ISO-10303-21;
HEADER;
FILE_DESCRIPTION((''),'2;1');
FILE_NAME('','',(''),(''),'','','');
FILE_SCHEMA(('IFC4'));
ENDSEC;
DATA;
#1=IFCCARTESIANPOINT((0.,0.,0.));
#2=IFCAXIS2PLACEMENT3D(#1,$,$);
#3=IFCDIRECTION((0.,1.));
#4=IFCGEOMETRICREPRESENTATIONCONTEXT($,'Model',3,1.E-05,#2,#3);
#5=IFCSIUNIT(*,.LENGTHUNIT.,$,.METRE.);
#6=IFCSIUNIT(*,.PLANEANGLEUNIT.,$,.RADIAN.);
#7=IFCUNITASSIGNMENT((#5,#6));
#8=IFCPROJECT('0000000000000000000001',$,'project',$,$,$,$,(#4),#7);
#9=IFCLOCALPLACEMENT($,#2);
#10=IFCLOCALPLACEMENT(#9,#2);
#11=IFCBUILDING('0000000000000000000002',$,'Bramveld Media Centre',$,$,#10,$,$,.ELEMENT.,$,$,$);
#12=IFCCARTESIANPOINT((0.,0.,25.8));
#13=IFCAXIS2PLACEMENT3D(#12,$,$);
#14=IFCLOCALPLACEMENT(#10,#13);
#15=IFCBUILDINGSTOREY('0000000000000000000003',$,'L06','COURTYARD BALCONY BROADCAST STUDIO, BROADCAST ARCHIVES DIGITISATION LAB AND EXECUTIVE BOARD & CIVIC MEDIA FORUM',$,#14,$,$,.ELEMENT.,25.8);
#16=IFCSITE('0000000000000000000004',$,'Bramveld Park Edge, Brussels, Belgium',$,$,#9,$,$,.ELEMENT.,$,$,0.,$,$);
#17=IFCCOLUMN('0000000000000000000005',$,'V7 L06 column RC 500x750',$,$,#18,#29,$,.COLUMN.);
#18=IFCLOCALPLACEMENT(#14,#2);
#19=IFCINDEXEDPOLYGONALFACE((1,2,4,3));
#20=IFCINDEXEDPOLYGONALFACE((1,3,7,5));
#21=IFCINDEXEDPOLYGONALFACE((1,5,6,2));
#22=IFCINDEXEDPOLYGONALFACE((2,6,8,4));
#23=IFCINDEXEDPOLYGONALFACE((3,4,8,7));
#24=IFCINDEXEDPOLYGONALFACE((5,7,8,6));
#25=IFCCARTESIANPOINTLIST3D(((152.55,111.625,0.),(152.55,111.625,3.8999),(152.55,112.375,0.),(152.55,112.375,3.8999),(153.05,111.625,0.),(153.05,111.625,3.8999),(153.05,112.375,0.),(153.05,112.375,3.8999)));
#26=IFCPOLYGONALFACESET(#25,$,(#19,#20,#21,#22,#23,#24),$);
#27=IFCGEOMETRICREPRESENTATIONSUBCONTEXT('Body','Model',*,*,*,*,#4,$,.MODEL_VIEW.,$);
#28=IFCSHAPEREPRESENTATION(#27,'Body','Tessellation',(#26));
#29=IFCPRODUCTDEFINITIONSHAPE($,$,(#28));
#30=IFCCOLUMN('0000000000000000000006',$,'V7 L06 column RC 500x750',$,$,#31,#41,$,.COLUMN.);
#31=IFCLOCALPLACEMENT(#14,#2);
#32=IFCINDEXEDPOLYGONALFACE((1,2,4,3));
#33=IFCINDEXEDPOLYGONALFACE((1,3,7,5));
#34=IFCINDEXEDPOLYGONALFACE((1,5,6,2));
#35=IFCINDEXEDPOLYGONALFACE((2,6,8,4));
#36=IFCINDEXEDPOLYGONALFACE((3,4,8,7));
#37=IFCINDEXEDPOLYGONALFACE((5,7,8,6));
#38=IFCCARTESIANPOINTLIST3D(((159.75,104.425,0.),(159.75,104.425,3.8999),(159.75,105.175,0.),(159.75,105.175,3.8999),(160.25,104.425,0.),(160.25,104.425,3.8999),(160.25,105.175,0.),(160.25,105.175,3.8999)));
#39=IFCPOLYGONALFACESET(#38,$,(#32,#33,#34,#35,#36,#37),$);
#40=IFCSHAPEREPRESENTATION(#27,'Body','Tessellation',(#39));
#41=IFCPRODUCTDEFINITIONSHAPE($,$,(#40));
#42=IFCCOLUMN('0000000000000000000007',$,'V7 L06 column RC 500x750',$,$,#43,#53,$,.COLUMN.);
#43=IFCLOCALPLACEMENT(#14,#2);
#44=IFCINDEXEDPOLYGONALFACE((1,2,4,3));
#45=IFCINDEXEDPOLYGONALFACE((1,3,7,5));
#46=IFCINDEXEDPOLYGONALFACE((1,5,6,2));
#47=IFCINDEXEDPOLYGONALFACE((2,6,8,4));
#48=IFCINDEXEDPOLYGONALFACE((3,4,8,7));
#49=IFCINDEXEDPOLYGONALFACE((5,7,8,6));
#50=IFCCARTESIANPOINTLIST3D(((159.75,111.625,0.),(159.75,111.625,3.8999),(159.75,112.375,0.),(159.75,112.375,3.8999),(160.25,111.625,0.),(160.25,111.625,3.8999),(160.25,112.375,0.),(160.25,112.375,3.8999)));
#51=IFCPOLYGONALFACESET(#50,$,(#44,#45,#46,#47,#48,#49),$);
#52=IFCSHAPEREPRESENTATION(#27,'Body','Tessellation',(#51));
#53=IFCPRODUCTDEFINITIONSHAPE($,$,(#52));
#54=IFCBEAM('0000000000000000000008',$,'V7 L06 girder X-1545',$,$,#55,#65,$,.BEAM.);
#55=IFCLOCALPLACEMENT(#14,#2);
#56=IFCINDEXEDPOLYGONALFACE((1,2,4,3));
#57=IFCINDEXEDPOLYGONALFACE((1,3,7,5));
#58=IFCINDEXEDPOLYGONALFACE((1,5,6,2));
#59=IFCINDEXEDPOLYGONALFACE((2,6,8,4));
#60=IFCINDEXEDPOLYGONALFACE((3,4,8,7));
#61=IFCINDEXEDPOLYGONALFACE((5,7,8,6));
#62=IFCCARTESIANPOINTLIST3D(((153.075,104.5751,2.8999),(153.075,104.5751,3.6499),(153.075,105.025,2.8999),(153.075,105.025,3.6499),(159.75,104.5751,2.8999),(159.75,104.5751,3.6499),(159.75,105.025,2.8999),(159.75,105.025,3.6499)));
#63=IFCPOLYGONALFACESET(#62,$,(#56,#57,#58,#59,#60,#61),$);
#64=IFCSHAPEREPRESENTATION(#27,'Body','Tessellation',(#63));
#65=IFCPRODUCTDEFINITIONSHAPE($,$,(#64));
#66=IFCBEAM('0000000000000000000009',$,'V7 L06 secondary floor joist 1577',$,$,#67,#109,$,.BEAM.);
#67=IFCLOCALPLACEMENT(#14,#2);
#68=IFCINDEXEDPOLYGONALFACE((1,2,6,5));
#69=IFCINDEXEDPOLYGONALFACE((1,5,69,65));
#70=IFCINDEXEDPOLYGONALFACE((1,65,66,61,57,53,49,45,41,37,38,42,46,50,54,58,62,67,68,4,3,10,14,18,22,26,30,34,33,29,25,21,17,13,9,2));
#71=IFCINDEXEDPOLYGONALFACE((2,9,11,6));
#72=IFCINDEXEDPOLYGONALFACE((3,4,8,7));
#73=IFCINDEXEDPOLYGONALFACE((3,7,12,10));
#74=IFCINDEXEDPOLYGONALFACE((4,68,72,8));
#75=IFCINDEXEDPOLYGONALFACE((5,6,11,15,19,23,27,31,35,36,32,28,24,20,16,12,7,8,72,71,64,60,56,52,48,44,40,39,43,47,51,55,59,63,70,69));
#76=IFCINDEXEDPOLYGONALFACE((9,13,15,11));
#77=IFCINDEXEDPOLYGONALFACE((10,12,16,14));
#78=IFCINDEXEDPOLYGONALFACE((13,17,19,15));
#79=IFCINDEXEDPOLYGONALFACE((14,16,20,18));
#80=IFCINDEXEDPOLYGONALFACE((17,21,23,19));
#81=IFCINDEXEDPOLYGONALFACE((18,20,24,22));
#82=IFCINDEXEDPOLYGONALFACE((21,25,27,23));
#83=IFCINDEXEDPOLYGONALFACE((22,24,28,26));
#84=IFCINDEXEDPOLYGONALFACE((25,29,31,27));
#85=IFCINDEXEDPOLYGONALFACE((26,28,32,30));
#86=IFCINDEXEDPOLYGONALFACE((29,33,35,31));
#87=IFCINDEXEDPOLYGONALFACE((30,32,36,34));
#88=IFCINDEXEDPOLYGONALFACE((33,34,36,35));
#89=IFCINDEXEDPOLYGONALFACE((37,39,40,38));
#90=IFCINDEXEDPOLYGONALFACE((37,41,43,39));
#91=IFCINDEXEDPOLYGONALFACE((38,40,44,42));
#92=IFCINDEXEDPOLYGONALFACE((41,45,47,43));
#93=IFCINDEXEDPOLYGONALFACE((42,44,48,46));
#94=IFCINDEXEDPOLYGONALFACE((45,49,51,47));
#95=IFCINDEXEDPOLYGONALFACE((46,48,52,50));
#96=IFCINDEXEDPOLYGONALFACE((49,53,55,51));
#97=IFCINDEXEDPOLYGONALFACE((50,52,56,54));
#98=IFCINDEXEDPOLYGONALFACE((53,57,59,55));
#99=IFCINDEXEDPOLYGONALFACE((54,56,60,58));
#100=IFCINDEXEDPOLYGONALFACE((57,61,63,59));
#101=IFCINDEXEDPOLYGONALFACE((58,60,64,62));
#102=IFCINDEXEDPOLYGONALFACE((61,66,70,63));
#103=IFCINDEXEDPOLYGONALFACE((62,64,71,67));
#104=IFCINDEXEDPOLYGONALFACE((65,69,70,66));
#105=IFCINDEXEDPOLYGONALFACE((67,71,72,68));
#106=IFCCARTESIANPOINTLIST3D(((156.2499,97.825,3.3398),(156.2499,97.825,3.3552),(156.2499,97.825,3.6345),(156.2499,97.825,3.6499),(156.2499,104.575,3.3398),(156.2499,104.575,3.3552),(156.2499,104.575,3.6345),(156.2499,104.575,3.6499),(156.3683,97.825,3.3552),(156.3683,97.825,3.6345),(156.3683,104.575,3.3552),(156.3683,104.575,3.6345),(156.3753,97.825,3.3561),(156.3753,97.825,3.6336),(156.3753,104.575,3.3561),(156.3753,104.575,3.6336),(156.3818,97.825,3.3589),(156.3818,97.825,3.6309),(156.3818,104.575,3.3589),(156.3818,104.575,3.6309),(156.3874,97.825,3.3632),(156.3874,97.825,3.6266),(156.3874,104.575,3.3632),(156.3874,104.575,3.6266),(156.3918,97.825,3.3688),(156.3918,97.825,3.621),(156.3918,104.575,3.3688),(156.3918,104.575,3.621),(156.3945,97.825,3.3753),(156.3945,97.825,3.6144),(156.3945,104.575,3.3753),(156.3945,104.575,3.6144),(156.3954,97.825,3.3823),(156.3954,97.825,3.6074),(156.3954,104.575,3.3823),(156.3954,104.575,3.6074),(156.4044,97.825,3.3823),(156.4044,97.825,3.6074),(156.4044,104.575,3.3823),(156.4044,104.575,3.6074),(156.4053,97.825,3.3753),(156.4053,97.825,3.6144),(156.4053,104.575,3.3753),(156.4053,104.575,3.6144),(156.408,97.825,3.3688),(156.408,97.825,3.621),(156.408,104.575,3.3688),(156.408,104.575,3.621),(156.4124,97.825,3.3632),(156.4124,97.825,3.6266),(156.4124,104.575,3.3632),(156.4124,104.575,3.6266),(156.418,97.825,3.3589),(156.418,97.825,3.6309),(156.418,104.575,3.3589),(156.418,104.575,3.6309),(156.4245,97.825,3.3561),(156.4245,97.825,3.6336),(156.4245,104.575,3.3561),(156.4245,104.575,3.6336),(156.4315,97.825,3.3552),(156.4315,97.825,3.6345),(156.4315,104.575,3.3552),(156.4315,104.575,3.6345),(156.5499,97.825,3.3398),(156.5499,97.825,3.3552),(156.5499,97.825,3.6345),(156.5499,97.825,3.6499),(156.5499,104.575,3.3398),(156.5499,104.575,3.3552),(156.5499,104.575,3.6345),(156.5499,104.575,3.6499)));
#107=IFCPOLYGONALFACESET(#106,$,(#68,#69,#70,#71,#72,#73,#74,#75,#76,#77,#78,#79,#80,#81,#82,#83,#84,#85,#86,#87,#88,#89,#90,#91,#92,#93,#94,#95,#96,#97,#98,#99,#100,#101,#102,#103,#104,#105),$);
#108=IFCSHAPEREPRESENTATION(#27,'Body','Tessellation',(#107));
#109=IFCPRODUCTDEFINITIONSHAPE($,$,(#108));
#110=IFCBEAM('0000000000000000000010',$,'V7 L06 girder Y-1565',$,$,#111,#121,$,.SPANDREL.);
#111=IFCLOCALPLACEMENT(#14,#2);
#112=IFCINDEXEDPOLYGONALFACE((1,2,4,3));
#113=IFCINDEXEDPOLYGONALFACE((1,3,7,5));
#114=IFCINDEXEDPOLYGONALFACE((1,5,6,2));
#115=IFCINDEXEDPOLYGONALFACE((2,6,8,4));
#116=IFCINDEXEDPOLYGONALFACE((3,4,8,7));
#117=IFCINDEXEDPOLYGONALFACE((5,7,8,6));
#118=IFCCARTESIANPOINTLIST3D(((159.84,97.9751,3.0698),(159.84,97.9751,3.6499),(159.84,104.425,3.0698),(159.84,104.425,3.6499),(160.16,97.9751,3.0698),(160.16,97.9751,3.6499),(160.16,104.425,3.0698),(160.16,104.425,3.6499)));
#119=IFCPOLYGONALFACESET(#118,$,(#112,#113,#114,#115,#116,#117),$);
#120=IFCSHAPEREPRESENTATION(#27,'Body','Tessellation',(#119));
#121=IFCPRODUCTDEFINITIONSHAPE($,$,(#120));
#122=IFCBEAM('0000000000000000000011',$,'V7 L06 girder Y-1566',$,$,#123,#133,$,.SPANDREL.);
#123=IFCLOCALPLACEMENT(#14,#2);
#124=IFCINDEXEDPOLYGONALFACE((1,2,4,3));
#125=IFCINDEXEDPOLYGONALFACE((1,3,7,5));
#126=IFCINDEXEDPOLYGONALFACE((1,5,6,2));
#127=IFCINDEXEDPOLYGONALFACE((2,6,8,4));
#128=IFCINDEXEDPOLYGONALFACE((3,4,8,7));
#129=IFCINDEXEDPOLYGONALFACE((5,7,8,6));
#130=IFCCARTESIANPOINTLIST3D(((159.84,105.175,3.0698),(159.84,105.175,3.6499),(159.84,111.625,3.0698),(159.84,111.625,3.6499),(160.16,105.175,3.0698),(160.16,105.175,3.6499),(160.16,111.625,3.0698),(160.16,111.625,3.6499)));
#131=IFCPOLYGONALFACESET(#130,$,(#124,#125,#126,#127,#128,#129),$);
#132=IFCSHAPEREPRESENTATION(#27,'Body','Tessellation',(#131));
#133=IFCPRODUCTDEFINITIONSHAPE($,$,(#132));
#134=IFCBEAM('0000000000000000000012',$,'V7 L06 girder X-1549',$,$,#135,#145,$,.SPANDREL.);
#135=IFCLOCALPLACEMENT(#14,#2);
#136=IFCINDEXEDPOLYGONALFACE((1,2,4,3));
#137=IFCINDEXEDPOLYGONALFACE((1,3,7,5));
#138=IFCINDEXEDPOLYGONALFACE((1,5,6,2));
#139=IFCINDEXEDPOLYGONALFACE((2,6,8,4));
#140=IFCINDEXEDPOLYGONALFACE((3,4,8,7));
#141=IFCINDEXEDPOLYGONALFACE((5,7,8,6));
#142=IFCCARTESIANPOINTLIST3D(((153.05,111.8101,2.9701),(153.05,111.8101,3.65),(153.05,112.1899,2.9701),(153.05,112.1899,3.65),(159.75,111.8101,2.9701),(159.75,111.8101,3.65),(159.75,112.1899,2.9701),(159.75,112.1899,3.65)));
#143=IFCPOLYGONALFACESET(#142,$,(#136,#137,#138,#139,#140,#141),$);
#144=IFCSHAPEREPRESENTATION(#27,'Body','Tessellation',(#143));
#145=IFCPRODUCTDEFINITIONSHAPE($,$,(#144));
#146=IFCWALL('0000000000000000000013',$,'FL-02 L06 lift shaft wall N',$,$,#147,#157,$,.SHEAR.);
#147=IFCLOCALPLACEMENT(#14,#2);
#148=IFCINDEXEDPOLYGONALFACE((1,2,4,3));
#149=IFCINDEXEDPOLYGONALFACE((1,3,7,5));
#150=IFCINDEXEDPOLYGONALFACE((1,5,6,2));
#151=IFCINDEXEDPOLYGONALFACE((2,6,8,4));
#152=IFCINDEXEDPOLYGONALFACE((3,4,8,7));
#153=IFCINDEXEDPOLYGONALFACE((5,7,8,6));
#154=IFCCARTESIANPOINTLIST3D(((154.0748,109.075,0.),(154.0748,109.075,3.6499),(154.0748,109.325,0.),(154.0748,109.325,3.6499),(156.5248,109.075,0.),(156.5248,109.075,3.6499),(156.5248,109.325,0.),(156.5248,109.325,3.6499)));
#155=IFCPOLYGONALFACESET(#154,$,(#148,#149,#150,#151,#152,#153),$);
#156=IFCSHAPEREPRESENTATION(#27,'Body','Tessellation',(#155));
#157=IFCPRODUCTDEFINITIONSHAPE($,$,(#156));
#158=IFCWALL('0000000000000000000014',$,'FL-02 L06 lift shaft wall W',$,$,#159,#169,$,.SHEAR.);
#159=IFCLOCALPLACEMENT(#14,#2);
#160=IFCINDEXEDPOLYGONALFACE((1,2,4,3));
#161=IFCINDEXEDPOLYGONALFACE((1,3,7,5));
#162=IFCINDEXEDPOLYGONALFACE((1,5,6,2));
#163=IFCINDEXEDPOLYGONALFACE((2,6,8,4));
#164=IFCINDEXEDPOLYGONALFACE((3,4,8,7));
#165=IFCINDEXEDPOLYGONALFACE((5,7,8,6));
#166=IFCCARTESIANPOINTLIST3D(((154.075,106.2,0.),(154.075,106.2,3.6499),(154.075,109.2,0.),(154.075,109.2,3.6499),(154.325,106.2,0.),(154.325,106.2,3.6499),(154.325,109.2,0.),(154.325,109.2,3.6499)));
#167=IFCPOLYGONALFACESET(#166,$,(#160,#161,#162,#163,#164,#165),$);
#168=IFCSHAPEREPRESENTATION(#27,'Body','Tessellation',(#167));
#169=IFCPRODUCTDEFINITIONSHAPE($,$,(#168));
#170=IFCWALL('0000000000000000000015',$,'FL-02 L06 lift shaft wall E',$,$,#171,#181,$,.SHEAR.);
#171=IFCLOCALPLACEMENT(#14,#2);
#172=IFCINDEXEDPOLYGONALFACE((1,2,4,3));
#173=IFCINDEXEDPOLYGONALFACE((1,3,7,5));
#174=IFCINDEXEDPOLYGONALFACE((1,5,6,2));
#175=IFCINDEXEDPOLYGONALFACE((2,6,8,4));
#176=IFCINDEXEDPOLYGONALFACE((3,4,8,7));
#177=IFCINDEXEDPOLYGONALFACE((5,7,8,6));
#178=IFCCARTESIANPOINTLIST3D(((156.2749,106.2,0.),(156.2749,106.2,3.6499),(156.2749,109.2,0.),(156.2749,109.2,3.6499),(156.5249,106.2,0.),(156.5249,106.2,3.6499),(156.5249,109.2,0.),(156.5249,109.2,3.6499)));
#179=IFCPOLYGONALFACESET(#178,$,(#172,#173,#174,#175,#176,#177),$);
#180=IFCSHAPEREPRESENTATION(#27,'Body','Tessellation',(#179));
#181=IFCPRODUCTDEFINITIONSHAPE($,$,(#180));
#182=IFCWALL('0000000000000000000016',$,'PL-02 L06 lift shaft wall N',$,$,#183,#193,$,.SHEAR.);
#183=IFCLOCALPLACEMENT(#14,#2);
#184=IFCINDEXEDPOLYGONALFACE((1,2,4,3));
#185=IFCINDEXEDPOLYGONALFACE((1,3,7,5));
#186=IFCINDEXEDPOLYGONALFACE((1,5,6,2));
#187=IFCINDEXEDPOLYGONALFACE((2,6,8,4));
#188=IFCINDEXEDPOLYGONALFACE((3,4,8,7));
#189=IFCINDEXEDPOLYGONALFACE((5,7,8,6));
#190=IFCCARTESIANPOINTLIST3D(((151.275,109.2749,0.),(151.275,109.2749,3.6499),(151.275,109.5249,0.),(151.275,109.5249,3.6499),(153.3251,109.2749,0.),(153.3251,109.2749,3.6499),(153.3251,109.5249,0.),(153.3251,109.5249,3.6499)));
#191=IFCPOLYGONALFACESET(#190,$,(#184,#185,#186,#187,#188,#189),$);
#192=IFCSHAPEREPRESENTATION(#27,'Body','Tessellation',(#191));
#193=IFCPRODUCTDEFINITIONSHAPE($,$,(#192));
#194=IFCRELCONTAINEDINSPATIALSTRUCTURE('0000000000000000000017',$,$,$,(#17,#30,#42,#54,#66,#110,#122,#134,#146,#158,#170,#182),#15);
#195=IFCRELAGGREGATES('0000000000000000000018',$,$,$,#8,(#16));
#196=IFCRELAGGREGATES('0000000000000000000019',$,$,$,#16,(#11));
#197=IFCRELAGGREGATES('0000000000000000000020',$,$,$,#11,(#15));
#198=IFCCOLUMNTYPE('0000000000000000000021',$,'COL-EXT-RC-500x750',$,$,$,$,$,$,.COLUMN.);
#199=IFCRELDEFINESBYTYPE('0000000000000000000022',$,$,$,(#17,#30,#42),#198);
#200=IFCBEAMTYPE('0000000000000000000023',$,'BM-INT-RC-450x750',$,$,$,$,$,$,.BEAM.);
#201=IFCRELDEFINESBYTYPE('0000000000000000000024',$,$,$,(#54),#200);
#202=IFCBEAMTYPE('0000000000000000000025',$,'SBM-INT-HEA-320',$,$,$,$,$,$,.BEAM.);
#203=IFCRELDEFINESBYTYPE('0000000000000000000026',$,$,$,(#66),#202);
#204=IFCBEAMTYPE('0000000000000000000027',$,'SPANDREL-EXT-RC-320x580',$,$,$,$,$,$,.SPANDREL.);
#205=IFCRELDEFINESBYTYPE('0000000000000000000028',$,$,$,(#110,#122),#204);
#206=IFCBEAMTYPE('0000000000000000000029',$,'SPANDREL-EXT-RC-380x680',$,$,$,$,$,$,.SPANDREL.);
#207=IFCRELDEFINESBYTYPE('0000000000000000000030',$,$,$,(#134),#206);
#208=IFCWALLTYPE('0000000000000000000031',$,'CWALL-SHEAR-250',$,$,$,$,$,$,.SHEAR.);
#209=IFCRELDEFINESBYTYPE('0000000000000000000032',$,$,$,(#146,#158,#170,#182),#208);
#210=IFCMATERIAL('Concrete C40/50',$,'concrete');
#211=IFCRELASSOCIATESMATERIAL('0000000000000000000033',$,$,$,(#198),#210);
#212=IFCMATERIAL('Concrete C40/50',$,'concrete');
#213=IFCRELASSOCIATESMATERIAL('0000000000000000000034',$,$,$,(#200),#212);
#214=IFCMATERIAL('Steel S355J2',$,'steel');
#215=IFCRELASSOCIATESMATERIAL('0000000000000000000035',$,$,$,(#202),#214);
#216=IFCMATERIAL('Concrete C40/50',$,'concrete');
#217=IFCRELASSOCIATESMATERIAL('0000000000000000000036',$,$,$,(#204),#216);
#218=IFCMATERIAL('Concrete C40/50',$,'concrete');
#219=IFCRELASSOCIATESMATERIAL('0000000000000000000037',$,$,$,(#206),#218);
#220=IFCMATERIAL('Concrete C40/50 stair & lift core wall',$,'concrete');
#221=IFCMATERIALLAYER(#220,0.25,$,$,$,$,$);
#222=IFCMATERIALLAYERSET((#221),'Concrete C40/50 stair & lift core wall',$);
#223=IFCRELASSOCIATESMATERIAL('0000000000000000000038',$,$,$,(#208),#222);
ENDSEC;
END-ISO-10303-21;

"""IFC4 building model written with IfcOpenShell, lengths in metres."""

from ifc_helpers import new_model, si_unit, direction, frame, frame_2d, origin, origin_2d, place, context, subcontext, project, spatial, rectangle, i_section, extrude, material, layer, layer_set, material_profile, profile_set, type_object, element, save


model = new_model("IFC4")

# Units and contexts
model_context = context("Model", 3, precision=1e-05, world=origin(), true_north=direction((0.0, 1.0)))
body_context = subcontext(model_context, "Body", "Model", "MODEL_VIEW")
ifc_project = project(units=[si_unit("LENGTHUNIT", "METRE"), si_unit("PLANEANGLEUNIT", "RADIAN")], contexts=[model_context])

# Site, building, storey
site_placement = place(None, origin())
site = spatial("IfcSite", under=ifc_project, at=site_placement, Name="Bramveld Park Edge, Brussels, Belgium", CompositionType="ELEMENT", RefElevation=0.0)
building_placement = place(site_placement, origin())
building = spatial("IfcBuilding", under=site, at=building_placement, Name="Bramveld Media Centre", CompositionType="ELEMENT")
storey_placement = place(building_placement, frame((0.0, 0.0, 25.8)))
storey = spatial("IfcBuildingStorey", under=building, at=storey_placement, Name="L06", Description="COURTYARD BALCONY BROADCAST STUDIO, BROADCAST ARCHIVES DIGITISATION LAB AND EXECUTIVE BOARD & CIVIC MEDIA FORUM", CompositionType="ELEMENT", Elevation=25.8)

# Columns
ifc_material_1 = material(Name="Concrete C40/50", Category="concrete")
ifc_material_profile_1 = material_profile(ifc_material_1, rectangle(XDim=0.5, YDim=0.75, at=origin_2d()), Name="RC 500x750")
ifc_profile_set_1 = profile_set([ifc_material_profile_1], Name="Concrete C40/50")
column_type = type_object("IfcColumnType", Name="COL-EXT-RC-500x750", PredefinedType="COLUMN", material=ifc_profile_set_1)
for number, where, z_axis, x_axis, name in (
    (1, (152.8, 112.0, 0.0), (0.0, 0.0, 1.0), (1.0, 0.0, 0.0), "V7 L06 column RC 500x750"),
    (2, (160.0, 104.8, 0.0), (0.0, 0.0, 1.0), (1.0, 0.0, 0.0), "V7 L06 column RC 500x750"),
    (3, (160.0, 112.0, 0.0), (0.0, 0.0, 1.0), (1.0, 0.0, 0.0), "V7 L06 column RC 500x750"),
):
    element("IfcColumn", number, at=place(storey_placement, frame(where, z_axis=z_axis, x_axis=x_axis)), inside=storey, type_object=column_type, Name=name, PredefinedType="COLUMN", context=body_context, shape_type="SweptSolid", body=[
        extrude(rectangle(XDim=0.5, YDim=0.75, at=origin_2d()), origin(), (0.0, 0.0, 1.0), 3.8999),
    ])

# Beams
ifc_material_2 = material(Name="Concrete C40/50", Category="concrete")
ifc_material_profile_2 = material_profile(ifc_material_2, rectangle(XDim=0.45, YDim=0.75, at=origin_2d()), Name="RC 450x750")
ifc_profile_set_2 = profile_set([ifc_material_profile_2], Name="Concrete C40/50")
beam_type_1 = type_object("IfcBeamType", Name="BM-INT-RC-450x750", PredefinedType="BEAM", material=ifc_profile_set_2)
beam_1_placement = place(storey_placement, frame((153.075, 104.8, 3.2749), z_axis=(1.0, 0.0, 0.0), x_axis=(0.0, 1.0, 0.0)))
element("IfcBeam", 4, at=beam_1_placement, inside=storey, type_object=beam_type_1, Name="V7 L06 girder X-1545", PredefinedType="BEAM", context=body_context, shape_type="SweptSolid", body=[
    extrude(rectangle(XDim=0.45, YDim=0.75, at=origin_2d()), origin(), (0.0, 0.0, 1.0), 6.675),
])
ifc_material_3 = material(Name="Steel S355J2", Category="steel")
ifc_material_profile_3 = material_profile(ifc_material_3, i_section(OverallWidth=0.3, OverallDepth=0.3101, WebThickness=0.009, FlangeThickness=0.0154, FilletRadius=0.0271, at=origin_2d()), Name="HEA 320")
ifc_profile_set_3 = profile_set([ifc_material_profile_3], Name="Steel S355J2")
beam_type_2 = type_object("IfcBeamType", Name="SBM-INT-HEA-320", PredefinedType="BEAM", material=ifc_profile_set_3)
beam_2_placement = place(storey_placement, frame((156.3999, 97.825, 3.4949), z_axis=(0.0, 1.0, 0.0), x_axis=(-1.0, 0.0, 0.0)))
element("IfcBeam", 5, at=beam_2_placement, inside=storey, type_object=beam_type_2, Name="V7 L06 secondary floor joist 1577", PredefinedType="BEAM", context=body_context, shape_type="SweptSolid", body=[
    extrude(i_section(OverallWidth=0.3, OverallDepth=0.3101, WebThickness=0.009, FlangeThickness=0.0154, FilletRadius=0.0271, at=origin_2d()), origin(), (0.0, 0.0, 1.0), 6.75),
])
ifc_material_4 = material(Name="Concrete C40/50", Category="concrete")
ifc_material_profile_4 = material_profile(ifc_material_4, rectangle(XDim=0.3201, YDim=0.5801, at=origin_2d()), Name="RC 320x580")
ifc_profile_set_4 = profile_set([ifc_material_profile_4], Name="Concrete C40/50")
beam_type_3 = type_object("IfcBeamType", Name="SPANDREL-EXT-RC-320x580", PredefinedType="SPANDREL", material=ifc_profile_set_4)
for number, where, z_axis, x_axis, name in (
    (6, (160.0, 97.9751, 3.3599), (0.0, 1.0, 0.0), (-1.0, 0.0, 0.0), "V7 L06 girder Y-1565"),
    (7, (160.0, 105.175, 3.3599), (0.0, 1.0, 0.0), (-1.0, 0.0, 0.0), "V7 L06 girder Y-1566"),
):
    element("IfcBeam", number, at=place(storey_placement, frame(where, z_axis=z_axis, x_axis=x_axis)), inside=storey, type_object=beam_type_3, Name=name, PredefinedType="SPANDREL", context=body_context, shape_type="SweptSolid", body=[
        extrude(rectangle(XDim=0.3201, YDim=0.5801, at=origin_2d()), origin(), (0.0, 0.0, 1.0), 6.45),
    ])
ifc_material_5 = material(Name="Concrete C40/50", Category="concrete")
ifc_material_profile_5 = material_profile(ifc_material_5, rectangle(XDim=0.3799, YDim=0.6799, at=origin_2d()), Name="RC 380x680")
ifc_profile_set_5 = profile_set([ifc_material_profile_5], Name="Concrete C40/50")
beam_type_4 = type_object("IfcBeamType", Name="SPANDREL-EXT-RC-380x680", PredefinedType="SPANDREL", material=ifc_profile_set_5)
beam_3_placement = place(storey_placement, frame((153.05, 112.0, 3.3101), z_axis=(1.0, 0.0, 0.0), x_axis=(0.0, 1.0, 0.0)))
element("IfcBeam", 8, at=beam_3_placement, inside=storey, type_object=beam_type_4, Name="V7 L06 girder X-1549", PredefinedType="SPANDREL", context=body_context, shape_type="SweptSolid", body=[
    extrude(rectangle(XDim=0.3799, YDim=0.6799, at=origin_2d()), origin(), (0.0, 0.0, 1.0), 6.7),
])

# Shared definitions
ifc_material_6 = material(Name="Concrete C40/50 stair & lift core wall", Category="concrete")
ifc_layer_1 = layer(ifc_material_6, 0.25)
ifc_layer_set_1 = layer_set([ifc_layer_1], Name="Concrete C40/50 stair & lift core wall")
wall_type_1 = type_object("IfcWallType", Name="CWALL-SHEAR-250", PredefinedType="SHEAR", material=ifc_layer_set_1)

# Walls
wall_1_placement = place(storey_placement, frame((156.5249, 109.2, 0.0), z_axis=(0.0, 0.0, 1.0), x_axis=(-1.0, 0.0, 0.0)))
element("IfcWall", 9, at=wall_1_placement, inside=storey, type_object=wall_type_1, Name="FL-02 L06 lift shaft wall N", PredefinedType="SHEAR", context=body_context, shape_type="SweptSolid", body=[
    extrude(rectangle(XDim=2.45, YDim=0.25, at=frame_2d((1.2251, 0.0))), origin(), (0.0, 0.0, 1.0), 3.6499),
])
for number, where, z_axis, x_axis, name in (
    (10, (154.2, 109.2, 0.0), (0.0, 0.0, 1.0), (0.0, -1.0, 0.0), "FL-02 L06 lift shaft wall W"),
    (11, (156.3999, 106.2, 0.0), (0.0, 0.0, 1.0), (0.0, 1.0, 0.0), "FL-02 L06 lift shaft wall E"),
):
    element("IfcWall", number, at=place(storey_placement, frame(where, z_axis=z_axis, x_axis=x_axis)), inside=storey, type_object=wall_type_1, Name=name, PredefinedType="SHEAR", context=body_context, shape_type="SweptSolid", body=[
        extrude(rectangle(XDim=3.0, YDim=0.25, at=frame_2d((1.5, 0.0))), origin(), (0.0, 0.0, 1.0), 3.6499),
    ])
wall_2_placement = place(storey_placement, frame((153.325, 109.3999, 0.0), z_axis=(0.0, 0.0, 1.0), x_axis=(-1.0, 0.0, 0.0)))
element("IfcWall", 12, at=wall_2_placement, inside=storey, type_object=wall_type_1, Name="PL-02 L06 lift shaft wall N", PredefinedType="SHEAR", context=body_context, shape_type="SweptSolid", body=[
    extrude(rectangle(XDim=2.05, YDim=0.25, at=frame_2d((1.0249, 0.0))), origin(), (0.0, 0.0, 1.0), 3.6499),
])

save(model, "model.ifc")
